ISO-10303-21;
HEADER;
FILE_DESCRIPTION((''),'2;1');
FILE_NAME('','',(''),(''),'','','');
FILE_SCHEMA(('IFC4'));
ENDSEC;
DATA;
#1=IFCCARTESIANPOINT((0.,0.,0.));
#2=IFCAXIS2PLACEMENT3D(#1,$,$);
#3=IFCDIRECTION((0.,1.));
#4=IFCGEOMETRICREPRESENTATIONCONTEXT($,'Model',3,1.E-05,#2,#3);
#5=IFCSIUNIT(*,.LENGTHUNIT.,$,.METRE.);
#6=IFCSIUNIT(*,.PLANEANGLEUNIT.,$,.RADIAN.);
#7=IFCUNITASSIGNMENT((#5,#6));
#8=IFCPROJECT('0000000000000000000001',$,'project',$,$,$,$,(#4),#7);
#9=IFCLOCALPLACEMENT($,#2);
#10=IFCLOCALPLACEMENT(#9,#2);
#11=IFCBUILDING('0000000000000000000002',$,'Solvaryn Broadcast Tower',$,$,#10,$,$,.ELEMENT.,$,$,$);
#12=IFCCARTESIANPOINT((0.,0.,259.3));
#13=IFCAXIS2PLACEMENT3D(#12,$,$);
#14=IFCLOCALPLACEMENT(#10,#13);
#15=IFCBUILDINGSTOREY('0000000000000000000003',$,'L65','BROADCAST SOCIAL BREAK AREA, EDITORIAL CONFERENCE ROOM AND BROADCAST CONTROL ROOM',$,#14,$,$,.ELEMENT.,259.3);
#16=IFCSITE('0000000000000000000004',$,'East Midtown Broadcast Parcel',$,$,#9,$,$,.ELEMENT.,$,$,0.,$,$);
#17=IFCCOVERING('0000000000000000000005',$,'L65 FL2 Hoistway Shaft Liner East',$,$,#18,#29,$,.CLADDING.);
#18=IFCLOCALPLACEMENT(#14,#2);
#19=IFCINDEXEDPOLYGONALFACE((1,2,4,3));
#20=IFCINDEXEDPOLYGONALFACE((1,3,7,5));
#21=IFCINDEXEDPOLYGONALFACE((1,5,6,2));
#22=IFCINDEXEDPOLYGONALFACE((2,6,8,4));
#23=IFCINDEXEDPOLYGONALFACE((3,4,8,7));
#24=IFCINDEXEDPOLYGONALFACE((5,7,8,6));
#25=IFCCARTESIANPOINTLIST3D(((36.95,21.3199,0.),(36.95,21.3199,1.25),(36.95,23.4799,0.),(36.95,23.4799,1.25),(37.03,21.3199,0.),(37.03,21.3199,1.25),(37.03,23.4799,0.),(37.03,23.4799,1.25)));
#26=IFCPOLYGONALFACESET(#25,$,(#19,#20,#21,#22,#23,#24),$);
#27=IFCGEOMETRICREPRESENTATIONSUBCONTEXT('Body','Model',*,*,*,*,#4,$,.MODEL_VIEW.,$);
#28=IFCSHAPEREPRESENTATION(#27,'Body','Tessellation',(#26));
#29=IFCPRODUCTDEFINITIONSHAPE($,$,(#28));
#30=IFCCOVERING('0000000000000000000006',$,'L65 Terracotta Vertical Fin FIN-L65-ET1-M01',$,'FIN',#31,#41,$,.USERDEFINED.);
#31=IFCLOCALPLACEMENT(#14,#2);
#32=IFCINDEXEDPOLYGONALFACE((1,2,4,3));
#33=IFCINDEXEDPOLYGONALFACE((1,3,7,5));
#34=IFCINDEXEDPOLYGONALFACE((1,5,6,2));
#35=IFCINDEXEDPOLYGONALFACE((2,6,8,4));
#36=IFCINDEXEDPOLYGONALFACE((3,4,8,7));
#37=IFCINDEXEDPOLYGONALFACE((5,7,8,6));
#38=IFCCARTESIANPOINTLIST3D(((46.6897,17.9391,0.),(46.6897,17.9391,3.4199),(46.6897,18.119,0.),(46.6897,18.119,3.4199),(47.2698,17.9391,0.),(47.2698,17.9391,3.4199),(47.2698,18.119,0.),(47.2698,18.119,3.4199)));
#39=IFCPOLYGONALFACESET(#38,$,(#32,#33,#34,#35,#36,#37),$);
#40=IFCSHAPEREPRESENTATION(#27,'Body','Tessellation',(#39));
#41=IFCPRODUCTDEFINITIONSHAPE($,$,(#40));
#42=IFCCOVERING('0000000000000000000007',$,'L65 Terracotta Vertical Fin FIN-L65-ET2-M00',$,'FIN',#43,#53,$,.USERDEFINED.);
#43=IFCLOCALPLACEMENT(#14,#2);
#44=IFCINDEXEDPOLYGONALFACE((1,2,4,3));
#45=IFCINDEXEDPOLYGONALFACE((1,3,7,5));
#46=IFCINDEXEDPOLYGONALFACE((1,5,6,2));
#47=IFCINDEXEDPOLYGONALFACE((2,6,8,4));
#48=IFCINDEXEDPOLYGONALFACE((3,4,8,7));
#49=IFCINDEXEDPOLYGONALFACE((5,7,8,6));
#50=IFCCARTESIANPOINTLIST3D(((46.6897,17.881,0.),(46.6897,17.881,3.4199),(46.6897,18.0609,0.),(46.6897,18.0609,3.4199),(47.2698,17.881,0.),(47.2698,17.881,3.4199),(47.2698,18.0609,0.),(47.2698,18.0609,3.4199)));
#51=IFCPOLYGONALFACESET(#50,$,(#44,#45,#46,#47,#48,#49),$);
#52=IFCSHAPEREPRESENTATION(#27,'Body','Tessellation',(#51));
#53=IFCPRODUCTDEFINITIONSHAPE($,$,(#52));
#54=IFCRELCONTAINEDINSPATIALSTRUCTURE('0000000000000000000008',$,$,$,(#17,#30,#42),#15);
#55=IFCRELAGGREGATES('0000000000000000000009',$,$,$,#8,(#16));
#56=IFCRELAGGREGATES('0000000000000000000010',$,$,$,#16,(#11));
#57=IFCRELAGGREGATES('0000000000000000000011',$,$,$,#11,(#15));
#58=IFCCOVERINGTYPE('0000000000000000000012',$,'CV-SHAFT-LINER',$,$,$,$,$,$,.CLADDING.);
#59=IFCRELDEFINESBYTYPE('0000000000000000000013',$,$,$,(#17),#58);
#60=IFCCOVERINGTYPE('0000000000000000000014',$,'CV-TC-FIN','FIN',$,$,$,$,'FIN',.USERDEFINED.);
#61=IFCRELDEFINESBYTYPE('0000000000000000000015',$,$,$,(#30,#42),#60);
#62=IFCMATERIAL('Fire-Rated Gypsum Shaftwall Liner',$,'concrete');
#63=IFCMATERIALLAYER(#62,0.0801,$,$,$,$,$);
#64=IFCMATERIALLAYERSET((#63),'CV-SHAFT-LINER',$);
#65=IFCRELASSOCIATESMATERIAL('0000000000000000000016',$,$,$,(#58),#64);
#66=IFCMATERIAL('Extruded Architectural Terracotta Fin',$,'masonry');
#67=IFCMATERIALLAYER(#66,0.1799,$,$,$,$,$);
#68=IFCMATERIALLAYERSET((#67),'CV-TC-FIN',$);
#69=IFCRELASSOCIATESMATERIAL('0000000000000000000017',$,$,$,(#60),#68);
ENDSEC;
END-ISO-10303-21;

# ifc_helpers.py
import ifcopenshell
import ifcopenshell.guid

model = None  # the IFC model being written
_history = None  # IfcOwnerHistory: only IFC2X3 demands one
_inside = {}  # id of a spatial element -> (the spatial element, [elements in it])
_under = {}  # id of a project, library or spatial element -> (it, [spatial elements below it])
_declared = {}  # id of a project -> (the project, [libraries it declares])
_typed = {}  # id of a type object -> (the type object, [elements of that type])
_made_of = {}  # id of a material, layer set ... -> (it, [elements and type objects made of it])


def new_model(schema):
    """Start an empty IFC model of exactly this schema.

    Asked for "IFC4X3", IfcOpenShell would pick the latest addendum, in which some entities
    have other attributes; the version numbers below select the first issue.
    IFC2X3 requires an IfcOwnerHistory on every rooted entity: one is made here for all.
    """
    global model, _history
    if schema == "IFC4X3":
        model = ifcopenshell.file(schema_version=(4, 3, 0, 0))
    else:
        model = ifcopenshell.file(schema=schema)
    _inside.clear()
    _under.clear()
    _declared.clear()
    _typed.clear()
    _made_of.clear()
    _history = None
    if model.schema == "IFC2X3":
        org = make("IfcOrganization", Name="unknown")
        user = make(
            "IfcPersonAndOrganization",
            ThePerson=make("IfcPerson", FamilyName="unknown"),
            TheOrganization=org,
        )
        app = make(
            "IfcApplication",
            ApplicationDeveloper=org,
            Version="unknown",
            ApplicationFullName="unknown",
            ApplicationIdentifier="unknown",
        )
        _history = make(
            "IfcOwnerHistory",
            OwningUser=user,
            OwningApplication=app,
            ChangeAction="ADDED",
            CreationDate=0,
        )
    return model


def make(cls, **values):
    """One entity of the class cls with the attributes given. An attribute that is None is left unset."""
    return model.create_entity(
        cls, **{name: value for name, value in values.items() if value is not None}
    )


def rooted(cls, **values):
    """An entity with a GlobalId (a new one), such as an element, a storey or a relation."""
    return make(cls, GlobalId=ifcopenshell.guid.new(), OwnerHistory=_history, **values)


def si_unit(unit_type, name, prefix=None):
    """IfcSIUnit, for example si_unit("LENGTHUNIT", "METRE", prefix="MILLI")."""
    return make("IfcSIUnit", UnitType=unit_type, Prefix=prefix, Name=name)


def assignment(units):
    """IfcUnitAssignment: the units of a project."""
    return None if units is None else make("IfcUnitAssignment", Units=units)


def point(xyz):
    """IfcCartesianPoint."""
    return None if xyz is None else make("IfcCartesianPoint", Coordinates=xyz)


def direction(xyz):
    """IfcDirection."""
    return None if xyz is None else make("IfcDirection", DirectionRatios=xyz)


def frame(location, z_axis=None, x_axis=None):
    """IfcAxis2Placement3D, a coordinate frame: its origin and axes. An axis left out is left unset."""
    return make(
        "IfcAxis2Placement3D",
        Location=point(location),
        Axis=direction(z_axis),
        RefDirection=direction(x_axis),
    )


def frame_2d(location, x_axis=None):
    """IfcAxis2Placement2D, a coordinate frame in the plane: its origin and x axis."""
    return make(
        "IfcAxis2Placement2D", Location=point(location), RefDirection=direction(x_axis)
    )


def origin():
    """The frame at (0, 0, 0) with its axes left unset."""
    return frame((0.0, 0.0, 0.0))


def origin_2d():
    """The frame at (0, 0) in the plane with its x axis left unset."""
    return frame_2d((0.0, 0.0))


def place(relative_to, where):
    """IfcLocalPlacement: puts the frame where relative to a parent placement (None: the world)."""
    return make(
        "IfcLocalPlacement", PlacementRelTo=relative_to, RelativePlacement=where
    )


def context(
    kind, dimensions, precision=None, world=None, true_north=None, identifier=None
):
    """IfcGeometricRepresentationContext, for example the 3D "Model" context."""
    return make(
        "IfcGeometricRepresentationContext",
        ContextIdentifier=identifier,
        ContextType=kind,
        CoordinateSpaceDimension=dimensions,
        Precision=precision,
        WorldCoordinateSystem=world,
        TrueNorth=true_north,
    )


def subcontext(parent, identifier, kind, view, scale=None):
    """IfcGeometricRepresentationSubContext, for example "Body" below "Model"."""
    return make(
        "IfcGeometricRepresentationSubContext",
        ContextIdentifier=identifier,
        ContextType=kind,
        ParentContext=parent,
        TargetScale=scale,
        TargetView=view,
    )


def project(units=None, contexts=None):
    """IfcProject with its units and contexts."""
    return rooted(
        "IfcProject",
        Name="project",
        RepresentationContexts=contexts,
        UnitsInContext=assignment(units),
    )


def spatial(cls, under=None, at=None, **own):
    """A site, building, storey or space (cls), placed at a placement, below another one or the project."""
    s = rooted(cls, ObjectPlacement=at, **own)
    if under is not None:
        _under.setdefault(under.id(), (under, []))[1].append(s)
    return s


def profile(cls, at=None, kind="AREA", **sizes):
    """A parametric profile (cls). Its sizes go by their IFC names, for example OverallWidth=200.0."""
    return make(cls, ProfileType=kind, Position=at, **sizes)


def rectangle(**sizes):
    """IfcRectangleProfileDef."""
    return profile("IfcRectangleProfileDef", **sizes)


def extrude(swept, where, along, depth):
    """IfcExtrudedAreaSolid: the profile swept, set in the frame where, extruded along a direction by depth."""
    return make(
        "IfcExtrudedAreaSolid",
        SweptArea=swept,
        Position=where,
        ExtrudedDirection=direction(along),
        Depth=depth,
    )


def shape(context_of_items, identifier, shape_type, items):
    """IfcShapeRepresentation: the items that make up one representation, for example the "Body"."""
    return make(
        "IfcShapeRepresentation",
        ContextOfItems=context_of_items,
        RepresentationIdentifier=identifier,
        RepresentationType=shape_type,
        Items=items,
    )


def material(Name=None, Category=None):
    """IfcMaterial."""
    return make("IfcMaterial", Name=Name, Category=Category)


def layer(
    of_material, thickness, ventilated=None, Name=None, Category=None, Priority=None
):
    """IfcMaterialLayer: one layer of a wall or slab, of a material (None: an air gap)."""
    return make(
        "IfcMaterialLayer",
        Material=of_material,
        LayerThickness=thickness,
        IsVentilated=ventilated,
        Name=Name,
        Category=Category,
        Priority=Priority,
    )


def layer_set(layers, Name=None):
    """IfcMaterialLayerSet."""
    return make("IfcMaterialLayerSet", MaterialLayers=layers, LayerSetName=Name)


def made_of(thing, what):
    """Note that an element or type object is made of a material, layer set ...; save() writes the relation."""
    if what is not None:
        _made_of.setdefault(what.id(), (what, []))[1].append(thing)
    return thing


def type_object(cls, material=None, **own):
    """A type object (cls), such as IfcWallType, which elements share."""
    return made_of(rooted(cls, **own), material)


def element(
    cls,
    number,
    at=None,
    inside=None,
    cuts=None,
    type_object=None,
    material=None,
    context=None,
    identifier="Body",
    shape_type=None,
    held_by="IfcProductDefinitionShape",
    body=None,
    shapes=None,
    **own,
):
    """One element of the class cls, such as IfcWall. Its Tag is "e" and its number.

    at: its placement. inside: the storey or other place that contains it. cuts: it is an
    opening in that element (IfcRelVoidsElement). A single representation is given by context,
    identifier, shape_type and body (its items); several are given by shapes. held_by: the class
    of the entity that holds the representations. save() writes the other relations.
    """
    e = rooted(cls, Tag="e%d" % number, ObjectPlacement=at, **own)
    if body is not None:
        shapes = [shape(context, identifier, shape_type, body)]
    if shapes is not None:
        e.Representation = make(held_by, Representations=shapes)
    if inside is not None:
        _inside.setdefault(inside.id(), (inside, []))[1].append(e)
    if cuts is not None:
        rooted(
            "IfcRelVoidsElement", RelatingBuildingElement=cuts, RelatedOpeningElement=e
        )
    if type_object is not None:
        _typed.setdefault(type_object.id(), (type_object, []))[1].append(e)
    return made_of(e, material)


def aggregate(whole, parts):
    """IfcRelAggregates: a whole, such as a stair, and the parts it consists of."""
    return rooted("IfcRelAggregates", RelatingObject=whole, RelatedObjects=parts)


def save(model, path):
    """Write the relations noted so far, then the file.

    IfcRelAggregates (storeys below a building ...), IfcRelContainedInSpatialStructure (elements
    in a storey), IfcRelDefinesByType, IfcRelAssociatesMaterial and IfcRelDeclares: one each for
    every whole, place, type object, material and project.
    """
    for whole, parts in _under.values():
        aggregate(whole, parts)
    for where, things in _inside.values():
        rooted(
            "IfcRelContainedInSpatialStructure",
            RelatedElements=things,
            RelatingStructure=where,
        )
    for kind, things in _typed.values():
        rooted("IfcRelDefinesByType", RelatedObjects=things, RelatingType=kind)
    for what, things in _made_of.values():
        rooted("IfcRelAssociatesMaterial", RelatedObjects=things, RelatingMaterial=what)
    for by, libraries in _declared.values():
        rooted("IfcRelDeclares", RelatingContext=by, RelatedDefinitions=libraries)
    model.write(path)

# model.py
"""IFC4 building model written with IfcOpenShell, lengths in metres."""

from ifc_helpers import new_model, si_unit, direction, frame, origin, origin_2d, place, context, subcontext, project, spatial, rectangle, extrude, material, layer, layer_set, type_object, element, save


model = new_model("IFC4")

# Units and contexts
model_context = context("Model", 3, precision=1e-05, world=origin(), true_north=direction((0.0, 1.0)))
body_context = subcontext(model_context, "Body", "Model", "MODEL_VIEW")
ifc_project = project(units=[si_unit("LENGTHUNIT", "METRE"), si_unit("PLANEANGLEUNIT", "RADIAN")], contexts=[model_context])

# Site, building, storey
site_placement = place(None, origin())
site = spatial("IfcSite", under=ifc_project, at=site_placement, Name="East Midtown Broadcast Parcel", CompositionType="ELEMENT", RefElevation=0.0)
building_placement = place(site_placement, origin())
building = spatial("IfcBuilding", under=site, at=building_placement, Name="Solvaryn Broadcast Tower", CompositionType="ELEMENT")
storey_placement = place(building_placement, frame((0.0, 0.0, 259.3)))
storey = spatial("IfcBuildingStorey", under=building, at=storey_placement, Name="L65", Description="BROADCAST SOCIAL BREAK AREA, EDITORIAL CONFERENCE ROOM AND BROADCAST CONTROL ROOM", CompositionType="ELEMENT", Elevation=259.3)

# Coverings
ifc_material_1 = material(Name="Fire-Rated Gypsum Shaftwall Liner", Category="concrete")
ifc_layer_1 = layer(ifc_material_1, 0.0801)
ifc_layer_set_1 = layer_set([ifc_layer_1], Name="CV-SHAFT-LINER")
covering_type_1 = type_object("IfcCoveringType", Name="CV-SHAFT-LINER", PredefinedType="CLADDING", material=ifc_layer_set_1)
covering_1_placement = place(storey_placement, frame((36.99, 22.3999, 0.0), z_axis=(0.0, 0.0, 1.0), x_axis=(1.0, 0.0, 0.0)))
element("IfcCovering", 1, at=covering_1_placement, inside=storey, type_object=covering_type_1, Name="L65 FL2 Hoistway Shaft Liner East", PredefinedType="CLADDING", context=body_context, shape_type="SweptSolid", body=[
    extrude(rectangle(XDim=0.0801, YDim=2.1599, at=origin_2d()), origin(), (0.0, 0.0, 1.0), 1.25),
])
ifc_material_2 = material(Name="Extruded Architectural Terracotta Fin", Category="masonry")
ifc_layer_2 = layer(ifc_material_2, 0.1799)
ifc_layer_set_2 = layer_set([ifc_layer_2], Name="CV-TC-FIN")
covering_type_2 = type_object("IfcCoveringType", Name="CV-TC-FIN", Description="FIN", ElementType="FIN", PredefinedType="USERDEFINED", material=ifc_layer_set_2)
for number, where, z_axis, x_axis, name in (
    (2, (46.9797, 18.0291, 0.0), (0.0, 0.0, 1.0), (1.0, 0.0, 0.0), "L65 Terracotta Vertical Fin FIN-L65-ET1-M01"),
    (3, (46.9797, 17.9709, 0.0), (0.0, 0.0, 1.0), (1.0, 0.0, 0.0), "L65 Terracotta Vertical Fin FIN-L65-ET2-M00"),
):
    element("IfcCovering", number, at=place(storey_placement, frame(where, z_axis=z_axis, x_axis=x_axis)), inside=storey, type_object=covering_type_2, Name=name, ObjectType="FIN", PredefinedType="USERDEFINED", context=body_context, shape_type="SweptSolid", body=[
        extrude(rectangle(XDim=0.5801, YDim=0.1799, at=origin_2d()), origin(), (0.0, 0.0, 1.0), 3.4199),
    ])

save(model, "model.ifc")
